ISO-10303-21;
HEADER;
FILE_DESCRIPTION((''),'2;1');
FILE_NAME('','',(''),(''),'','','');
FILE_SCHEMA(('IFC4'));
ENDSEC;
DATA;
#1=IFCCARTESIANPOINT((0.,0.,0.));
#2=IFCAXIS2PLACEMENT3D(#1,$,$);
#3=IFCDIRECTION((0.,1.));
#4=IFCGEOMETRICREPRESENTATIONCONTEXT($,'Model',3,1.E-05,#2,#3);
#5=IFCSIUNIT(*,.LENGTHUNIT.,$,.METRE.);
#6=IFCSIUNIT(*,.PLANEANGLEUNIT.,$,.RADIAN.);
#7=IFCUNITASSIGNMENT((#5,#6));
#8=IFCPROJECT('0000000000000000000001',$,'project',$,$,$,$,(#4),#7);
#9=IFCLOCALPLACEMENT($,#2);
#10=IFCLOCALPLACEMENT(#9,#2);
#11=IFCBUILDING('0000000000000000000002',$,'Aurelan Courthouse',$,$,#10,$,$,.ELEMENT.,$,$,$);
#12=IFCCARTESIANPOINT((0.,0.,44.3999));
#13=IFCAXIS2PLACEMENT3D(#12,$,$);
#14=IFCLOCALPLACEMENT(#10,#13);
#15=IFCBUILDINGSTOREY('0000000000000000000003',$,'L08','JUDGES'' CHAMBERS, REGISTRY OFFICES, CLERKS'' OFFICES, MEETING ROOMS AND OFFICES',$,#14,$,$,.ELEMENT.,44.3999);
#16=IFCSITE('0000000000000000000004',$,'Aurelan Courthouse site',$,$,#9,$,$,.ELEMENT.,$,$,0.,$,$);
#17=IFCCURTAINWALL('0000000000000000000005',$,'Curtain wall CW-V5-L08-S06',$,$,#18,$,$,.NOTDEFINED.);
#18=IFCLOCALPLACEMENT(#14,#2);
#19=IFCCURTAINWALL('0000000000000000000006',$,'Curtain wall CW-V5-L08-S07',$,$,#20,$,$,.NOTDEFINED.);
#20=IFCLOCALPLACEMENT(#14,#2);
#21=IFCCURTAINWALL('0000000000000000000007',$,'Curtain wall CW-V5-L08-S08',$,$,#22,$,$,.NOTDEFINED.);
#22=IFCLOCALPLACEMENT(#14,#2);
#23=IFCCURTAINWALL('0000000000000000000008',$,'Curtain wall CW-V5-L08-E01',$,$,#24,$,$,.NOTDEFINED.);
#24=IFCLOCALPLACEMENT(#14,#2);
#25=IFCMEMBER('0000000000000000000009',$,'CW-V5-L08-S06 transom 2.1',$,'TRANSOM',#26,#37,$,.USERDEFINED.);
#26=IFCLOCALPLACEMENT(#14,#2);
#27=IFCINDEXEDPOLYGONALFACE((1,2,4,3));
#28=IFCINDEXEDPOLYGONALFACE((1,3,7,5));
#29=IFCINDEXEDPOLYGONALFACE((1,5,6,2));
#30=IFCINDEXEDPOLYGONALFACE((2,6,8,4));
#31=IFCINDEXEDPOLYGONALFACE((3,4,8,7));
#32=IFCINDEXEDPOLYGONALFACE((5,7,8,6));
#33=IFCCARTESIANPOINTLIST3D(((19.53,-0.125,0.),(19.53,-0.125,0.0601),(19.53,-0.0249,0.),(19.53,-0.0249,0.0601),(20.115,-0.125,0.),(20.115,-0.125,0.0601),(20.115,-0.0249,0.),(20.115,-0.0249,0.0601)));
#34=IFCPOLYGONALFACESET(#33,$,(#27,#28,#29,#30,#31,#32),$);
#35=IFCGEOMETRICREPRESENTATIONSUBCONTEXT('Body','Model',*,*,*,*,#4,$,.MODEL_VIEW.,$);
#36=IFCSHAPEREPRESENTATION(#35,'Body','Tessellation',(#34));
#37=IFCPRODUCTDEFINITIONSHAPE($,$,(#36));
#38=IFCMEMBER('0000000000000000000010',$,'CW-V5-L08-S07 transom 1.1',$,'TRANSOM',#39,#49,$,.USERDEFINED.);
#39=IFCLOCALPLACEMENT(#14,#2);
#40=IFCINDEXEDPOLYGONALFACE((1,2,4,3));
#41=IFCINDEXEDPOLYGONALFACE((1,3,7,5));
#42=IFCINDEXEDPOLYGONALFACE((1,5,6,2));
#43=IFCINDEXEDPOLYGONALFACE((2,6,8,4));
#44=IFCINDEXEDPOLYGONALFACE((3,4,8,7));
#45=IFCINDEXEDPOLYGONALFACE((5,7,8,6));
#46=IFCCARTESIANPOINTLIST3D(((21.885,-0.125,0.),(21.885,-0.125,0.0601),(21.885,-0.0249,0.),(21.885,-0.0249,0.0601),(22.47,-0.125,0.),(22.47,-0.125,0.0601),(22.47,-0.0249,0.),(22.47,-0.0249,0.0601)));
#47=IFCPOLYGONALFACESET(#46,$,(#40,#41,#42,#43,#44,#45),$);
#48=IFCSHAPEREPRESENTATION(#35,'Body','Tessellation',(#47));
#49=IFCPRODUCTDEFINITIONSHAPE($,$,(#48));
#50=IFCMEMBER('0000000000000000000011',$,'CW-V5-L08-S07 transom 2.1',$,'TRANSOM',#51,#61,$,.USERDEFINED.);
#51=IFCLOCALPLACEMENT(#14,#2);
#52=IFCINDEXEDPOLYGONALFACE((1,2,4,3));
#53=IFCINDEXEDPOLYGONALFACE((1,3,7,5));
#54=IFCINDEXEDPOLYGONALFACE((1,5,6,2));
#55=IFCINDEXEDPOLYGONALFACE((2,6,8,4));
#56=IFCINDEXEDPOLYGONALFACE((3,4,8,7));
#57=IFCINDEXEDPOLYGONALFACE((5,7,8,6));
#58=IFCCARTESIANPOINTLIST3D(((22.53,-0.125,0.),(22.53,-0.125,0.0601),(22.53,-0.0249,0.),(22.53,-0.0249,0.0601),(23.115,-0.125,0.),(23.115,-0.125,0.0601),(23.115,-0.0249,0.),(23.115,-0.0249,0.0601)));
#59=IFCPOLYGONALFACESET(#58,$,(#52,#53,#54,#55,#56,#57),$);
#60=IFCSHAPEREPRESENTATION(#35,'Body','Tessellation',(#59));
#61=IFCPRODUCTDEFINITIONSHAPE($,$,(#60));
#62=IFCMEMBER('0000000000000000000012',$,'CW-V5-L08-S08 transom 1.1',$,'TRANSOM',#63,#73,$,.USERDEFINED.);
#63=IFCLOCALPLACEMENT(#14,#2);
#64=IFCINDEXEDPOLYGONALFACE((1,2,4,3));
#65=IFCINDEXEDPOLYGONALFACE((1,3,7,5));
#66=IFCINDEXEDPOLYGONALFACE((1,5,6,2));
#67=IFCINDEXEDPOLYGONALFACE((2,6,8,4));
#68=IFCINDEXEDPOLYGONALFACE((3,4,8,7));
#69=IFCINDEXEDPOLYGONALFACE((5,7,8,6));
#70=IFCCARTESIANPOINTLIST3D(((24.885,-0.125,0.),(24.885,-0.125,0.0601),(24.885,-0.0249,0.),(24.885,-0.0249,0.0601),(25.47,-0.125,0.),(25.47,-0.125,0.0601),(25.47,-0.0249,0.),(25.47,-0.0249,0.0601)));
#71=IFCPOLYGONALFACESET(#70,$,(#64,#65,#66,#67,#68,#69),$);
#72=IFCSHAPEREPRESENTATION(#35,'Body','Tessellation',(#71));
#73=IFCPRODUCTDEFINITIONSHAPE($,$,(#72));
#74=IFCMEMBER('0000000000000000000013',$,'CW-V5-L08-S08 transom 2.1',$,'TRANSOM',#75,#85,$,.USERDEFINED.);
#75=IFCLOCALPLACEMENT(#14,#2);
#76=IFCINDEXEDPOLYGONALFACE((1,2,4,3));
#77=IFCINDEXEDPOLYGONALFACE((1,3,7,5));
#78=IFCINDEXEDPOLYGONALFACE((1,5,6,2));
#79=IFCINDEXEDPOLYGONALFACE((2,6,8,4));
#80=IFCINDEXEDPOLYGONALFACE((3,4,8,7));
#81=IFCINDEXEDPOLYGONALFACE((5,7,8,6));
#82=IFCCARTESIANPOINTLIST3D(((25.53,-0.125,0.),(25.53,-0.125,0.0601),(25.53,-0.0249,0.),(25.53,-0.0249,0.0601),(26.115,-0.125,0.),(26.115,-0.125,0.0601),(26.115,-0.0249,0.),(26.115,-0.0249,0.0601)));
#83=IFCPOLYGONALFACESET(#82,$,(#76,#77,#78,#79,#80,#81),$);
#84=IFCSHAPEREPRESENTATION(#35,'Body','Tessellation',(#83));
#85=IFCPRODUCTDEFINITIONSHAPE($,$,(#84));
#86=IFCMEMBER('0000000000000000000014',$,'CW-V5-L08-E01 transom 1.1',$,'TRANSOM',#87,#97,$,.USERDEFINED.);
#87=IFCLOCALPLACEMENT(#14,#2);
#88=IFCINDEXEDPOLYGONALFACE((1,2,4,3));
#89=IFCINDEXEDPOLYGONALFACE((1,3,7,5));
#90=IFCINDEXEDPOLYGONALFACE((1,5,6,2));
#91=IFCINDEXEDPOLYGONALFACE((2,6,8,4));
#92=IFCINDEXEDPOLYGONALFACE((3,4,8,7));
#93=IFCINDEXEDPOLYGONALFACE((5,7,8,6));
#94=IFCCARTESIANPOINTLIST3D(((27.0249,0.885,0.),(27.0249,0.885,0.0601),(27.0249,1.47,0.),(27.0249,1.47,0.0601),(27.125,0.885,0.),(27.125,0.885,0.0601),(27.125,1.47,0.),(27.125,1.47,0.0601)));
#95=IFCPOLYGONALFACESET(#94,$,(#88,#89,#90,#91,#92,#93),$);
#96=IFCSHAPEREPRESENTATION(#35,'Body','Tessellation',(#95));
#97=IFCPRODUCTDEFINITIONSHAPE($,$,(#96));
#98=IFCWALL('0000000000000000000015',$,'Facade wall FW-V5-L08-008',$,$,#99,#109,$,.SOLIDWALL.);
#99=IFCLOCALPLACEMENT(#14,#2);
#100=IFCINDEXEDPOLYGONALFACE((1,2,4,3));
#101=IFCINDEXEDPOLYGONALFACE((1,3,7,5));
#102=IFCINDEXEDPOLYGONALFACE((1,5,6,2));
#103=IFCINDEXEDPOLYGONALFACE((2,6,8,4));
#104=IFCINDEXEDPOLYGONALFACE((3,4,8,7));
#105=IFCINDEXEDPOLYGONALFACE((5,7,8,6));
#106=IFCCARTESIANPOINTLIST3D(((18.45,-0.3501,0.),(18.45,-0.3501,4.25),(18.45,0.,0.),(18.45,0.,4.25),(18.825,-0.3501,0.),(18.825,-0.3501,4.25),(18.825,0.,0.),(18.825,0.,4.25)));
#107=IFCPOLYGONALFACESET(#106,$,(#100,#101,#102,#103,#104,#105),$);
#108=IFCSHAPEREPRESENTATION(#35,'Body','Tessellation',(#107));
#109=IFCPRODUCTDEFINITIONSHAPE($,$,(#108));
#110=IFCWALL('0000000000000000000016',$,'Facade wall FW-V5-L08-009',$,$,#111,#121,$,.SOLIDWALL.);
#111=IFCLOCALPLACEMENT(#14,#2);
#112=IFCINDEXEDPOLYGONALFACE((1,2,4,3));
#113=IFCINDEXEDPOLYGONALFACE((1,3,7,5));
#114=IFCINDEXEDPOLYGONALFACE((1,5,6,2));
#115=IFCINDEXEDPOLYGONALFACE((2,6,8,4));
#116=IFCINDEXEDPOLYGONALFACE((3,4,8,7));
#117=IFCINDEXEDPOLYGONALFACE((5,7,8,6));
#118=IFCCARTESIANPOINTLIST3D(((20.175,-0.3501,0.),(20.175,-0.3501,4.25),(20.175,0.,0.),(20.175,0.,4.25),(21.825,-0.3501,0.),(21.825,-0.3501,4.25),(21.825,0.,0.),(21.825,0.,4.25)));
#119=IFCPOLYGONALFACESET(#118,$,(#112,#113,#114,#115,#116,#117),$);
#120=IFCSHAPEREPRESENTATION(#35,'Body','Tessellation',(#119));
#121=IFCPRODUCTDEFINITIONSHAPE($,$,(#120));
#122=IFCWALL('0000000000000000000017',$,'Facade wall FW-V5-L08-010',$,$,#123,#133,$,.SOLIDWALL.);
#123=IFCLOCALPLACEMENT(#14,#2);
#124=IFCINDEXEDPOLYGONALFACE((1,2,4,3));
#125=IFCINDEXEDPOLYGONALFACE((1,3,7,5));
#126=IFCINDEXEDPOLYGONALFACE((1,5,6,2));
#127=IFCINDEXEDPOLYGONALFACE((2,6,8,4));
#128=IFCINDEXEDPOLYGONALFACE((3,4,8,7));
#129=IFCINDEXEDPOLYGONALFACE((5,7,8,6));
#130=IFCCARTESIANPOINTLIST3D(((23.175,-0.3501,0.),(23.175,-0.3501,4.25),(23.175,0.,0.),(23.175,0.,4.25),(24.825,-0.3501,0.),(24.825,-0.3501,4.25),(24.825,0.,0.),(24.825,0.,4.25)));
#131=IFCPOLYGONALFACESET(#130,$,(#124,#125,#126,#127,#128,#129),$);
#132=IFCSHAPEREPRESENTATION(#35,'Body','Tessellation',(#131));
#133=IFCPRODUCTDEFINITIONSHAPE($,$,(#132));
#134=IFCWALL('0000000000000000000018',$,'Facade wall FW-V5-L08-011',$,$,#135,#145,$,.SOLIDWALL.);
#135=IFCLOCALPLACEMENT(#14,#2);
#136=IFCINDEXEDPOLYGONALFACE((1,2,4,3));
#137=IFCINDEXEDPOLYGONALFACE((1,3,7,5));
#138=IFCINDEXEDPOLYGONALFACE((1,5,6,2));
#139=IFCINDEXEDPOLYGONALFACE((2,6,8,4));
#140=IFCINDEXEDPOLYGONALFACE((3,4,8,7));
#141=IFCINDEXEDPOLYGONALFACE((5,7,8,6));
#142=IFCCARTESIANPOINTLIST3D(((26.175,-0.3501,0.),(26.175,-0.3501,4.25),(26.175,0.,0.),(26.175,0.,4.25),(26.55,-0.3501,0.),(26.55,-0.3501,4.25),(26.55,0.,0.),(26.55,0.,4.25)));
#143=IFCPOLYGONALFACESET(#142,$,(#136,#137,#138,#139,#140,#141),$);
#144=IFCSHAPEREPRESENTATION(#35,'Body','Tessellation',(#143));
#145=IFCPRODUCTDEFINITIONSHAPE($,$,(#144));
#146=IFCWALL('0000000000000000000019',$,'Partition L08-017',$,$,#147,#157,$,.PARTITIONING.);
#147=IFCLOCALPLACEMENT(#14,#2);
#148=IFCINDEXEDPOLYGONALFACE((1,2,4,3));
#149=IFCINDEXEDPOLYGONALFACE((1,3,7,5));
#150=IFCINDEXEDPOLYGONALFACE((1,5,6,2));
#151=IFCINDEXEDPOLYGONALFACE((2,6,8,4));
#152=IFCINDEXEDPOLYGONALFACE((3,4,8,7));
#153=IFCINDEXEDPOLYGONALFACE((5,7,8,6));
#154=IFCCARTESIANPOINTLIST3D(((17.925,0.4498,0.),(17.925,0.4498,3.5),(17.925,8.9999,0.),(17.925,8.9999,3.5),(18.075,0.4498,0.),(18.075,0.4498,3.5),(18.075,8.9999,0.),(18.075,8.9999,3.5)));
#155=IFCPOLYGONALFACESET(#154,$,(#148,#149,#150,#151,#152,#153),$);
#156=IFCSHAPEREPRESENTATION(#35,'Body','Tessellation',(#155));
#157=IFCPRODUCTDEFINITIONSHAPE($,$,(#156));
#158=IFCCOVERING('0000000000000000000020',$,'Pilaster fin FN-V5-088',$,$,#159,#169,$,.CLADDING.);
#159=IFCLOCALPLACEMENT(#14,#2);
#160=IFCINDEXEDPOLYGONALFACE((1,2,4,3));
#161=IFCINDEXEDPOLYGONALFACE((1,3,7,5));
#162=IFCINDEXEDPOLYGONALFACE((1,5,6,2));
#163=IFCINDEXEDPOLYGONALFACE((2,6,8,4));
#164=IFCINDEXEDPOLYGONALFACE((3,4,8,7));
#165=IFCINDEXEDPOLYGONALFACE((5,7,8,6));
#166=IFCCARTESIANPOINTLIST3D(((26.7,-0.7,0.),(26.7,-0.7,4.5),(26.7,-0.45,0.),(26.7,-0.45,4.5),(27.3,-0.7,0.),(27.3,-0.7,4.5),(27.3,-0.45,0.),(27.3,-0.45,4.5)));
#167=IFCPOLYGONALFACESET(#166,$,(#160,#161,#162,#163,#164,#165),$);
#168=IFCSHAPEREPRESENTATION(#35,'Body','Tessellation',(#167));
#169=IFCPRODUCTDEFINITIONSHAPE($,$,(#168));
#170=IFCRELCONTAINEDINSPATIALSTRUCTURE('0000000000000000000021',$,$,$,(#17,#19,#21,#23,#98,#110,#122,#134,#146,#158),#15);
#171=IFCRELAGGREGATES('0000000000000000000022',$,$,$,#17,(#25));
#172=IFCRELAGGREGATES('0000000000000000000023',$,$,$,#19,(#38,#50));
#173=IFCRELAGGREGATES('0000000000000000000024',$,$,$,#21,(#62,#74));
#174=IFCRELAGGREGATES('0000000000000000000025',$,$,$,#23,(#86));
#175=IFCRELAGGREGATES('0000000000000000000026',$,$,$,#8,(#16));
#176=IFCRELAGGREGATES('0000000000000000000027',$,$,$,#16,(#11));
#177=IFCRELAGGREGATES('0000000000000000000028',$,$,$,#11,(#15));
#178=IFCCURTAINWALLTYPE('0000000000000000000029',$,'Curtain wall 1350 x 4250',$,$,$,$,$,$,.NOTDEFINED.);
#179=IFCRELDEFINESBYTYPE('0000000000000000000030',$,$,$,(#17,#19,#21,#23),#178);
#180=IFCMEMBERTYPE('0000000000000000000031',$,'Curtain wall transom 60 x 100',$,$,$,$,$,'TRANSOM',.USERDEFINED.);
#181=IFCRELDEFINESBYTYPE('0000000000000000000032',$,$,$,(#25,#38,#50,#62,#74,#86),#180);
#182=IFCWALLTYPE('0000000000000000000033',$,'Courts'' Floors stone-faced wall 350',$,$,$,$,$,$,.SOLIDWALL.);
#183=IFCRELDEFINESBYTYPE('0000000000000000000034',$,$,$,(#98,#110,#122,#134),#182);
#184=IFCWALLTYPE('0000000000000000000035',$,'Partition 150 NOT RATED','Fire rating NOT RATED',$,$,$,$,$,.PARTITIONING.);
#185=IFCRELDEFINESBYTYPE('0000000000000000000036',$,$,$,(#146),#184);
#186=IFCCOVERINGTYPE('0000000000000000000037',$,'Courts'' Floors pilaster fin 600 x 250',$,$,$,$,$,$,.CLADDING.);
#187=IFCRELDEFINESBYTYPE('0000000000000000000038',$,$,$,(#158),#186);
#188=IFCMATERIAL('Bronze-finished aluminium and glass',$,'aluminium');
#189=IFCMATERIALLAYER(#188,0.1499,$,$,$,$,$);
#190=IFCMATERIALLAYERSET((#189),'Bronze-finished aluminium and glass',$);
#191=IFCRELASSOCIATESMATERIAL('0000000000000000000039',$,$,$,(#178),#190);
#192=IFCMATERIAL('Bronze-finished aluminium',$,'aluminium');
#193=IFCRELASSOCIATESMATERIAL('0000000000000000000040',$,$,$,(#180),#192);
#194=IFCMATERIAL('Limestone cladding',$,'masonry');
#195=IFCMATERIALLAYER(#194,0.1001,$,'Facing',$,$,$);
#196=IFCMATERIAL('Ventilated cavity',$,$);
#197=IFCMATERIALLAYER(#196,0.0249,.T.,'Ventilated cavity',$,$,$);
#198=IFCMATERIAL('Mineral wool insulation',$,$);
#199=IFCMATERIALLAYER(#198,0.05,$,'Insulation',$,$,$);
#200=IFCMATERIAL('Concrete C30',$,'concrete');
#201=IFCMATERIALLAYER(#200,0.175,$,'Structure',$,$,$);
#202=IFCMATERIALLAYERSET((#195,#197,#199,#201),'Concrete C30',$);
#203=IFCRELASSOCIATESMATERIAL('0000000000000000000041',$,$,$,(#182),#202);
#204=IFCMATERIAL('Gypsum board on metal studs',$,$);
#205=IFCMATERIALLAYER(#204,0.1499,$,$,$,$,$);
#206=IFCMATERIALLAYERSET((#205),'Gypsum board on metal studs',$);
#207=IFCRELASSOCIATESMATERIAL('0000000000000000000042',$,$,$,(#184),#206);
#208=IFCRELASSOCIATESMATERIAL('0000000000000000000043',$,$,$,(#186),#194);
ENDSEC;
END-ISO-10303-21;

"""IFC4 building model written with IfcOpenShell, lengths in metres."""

from ifc_helpers import new_model, si_unit, direction, frame, frame_2d, origin, origin_2d, place, context, subcontext, project, spatial, rectangle, extrude, material, layer, layer_set, material_profile, profile_set, type_object, element, aggregate, save


model = new_model("IFC4")

# Units and contexts
model_context = context("Model", 3, precision=1e-05, world=origin(), true_north=direction((0.0, 1.0)))
body_context = subcontext(model_context, "Body", "Model", "MODEL_VIEW")
ifc_project = project(units=[si_unit("LENGTHUNIT", "METRE"), si_unit("PLANEANGLEUNIT", "RADIAN")], contexts=[model_context])

# Site, building, storey
site_placement = place(None, origin())
site = spatial("IfcSite", under=ifc_project, at=site_placement, Name="Aurelan Courthouse site", CompositionType="ELEMENT", RefElevation=0.0)
building_placement = place(site_placement, origin())
building = spatial("IfcBuilding", under=site, at=building_placement, Name="Aurelan Courthouse", CompositionType="ELEMENT")
storey_placement = place(building_placement, frame((0.0, 0.0, 44.3999)))
storey = spatial("IfcBuildingStorey", under=building, at=storey_placement, Name="L08", Description="JUDGES' CHAMBERS, REGISTRY OFFICES, CLERKS' OFFICES, MEETING ROOMS AND OFFICES", CompositionType="ELEMENT", Elevation=44.3999)

# Curtain walls
ifc_material_1 = material(Name="Bronze-finished aluminium and glass", Category="aluminium")
ifc_layer_1 = layer(ifc_material_1, 0.1499)
ifc_layer_set_1 = layer_set([ifc_layer_1], Name="Bronze-finished aluminium and glass")
curtain_wall_type = type_object("IfcCurtainWallType", Name="Curtain wall 1350 x 4250", PredefinedType="NOTDEFINED", material=ifc_layer_set_1)
curtain_wall_1_placement = place(storey_placement, origin())
curtain_wall_1 = element("IfcCurtainWall", 1, at=curtain_wall_1_placement, inside=storey, type_object=curtain_wall_type, Name="Curtain wall CW-V5-L08-S06", PredefinedType="NOTDEFINED")
ifc_material_2 = material(Name="Bronze-finished aluminium", Category="aluminium")
curtain_wall_2_placement = place(storey_placement, origin())
curtain_wall_2 = element("IfcCurtainWall", 2, at=curtain_wall_2_placement, inside=storey, type_object=curtain_wall_type, Name="Curtain wall CW-V5-L08-S07", PredefinedType="NOTDEFINED")
curtain_wall_3_placement = place(storey_placement, origin())
curtain_wall_3 = element("IfcCurtainWall", 3, at=curtain_wall_3_placement, inside=storey, type_object=curtain_wall_type, Name="Curtain wall CW-V5-L08-S08", PredefinedType="NOTDEFINED")
curtain_wall_4_placement = place(storey_placement, origin())
curtain_wall_4 = element("IfcCurtainWall", 4, at=curtain_wall_4_placement, inside=storey, type_object=curtain_wall_type, Name="Curtain wall CW-V5-L08-E01", PredefinedType="NOTDEFINED")

# Members
ifc_material_profile_1 = material_profile(ifc_material_2, rectangle(XDim=0.1001, YDim=0.0601, at=origin_2d()), Name="Bronze transom 60 x 100")
ifc_profile_set_1 = profile_set([ifc_material_profile_1], Name="Bronze-finished aluminium")
member_type_1 = type_object("IfcMemberType", Name="Curtain wall transom 60 x 100", ElementType="TRANSOM", PredefinedType="USERDEFINED", material=ifc_profile_set_1)
member_1_placement = place(storey_placement, frame((19.53, -0.075, 0.03), z_axis=(1.0, 0.0, 0.0), x_axis=(0.0, 1.0, 0.0)))
member_1 = element("IfcMember", 5, at=member_1_placement, type_object=member_type_1, Name="CW-V5-L08-S06 transom 2.1", ObjectType="TRANSOM", PredefinedType="USERDEFINED", context=body_context, shape_type="SweptSolid", body=[
    extrude(rectangle(XDim=0.1001, YDim=0.0601, at=origin_2d()), origin(), (0.0, 0.0, 1.0), 0.585),
])
aggregate(curtain_wall_1, [member_1])
member_2_placement = place(storey_placement, frame((21.885, -0.075, 0.03), z_axis=(1.0, 0.0, 0.0), x_axis=(0.0, 1.0, 0.0)))
member_2 = element("IfcMember", 6, at=member_2_placement, type_object=member_type_1, Name="CW-V5-L08-S07 transom 1.1", ObjectType="TRANSOM", PredefinedType="USERDEFINED", context=body_context, shape_type="SweptSolid", body=[
    extrude(rectangle(XDim=0.1001, YDim=0.0601, at=origin_2d()), origin(), (0.0, 0.0, 1.0), 0.585),
])
member_3_placement = place(storey_placement, frame((22.53, -0.075, 0.03), z_axis=(1.0, 0.0, 0.0), x_axis=(0.0, 1.0, 0.0)))
member_3 = element("IfcMember", 7, at=member_3_placement, type_object=member_type_1, Name="CW-V5-L08-S07 transom 2.1", ObjectType="TRANSOM", PredefinedType="USERDEFINED", context=body_context, shape_type="SweptSolid", body=[
    extrude(rectangle(XDim=0.1001, YDim=0.0601, at=origin_2d()), origin(), (0.0, 0.0, 1.0), 0.585),
])
aggregate(curtain_wall_2, [member_2, member_3])
member_4_placement = place(storey_placement, frame((24.885, -0.075, 0.03), z_axis=(1.0, 0.0, 0.0), x_axis=(0.0, 1.0, 0.0)))
member_4 = element("IfcMember", 8, at=member_4_placement, type_object=member_type_1, Name="CW-V5-L08-S08 transom 1.1", ObjectType="TRANSOM", PredefinedType="USERDEFINED", context=body_context, shape_type="SweptSolid", body=[
    extrude(rectangle(XDim=0.1001, YDim=0.0601, at=origin_2d()), origin(), (0.0, 0.0, 1.0), 0.585),
])
member_5_placement = place(storey_placement, frame((25.53, -0.075, 0.03), z_axis=(1.0, 0.0, 0.0), x_axis=(0.0, 1.0, 0.0)))
member_5 = element("IfcMember", 9, at=member_5_placement, type_object=member_type_1, Name="CW-V5-L08-S08 transom 2.1", ObjectType="TRANSOM", PredefinedType="USERDEFINED", context=body_context, shape_type="SweptSolid", body=[
    extrude(rectangle(XDim=0.1001, YDim=0.0601, at=origin_2d()), origin(), (0.0, 0.0, 1.0), 0.585),
])
aggregate(curtain_wall_3, [member_4, member_5])
member_6_placement = place(storey_placement, frame((27.075, 0.885, 0.03), z_axis=(0.0, 1.0, 0.0), x_axis=(-1.0, 0.0, 0.0)))
member_6 = element("IfcMember", 10, at=member_6_placement, type_object=member_type_1, Name="CW-V5-L08-E01 transom 1.1", ObjectType="TRANSOM", PredefinedType="USERDEFINED", context=body_context, shape_type="SweptSolid", body=[
    extrude(rectangle(XDim=0.1001, YDim=0.0601, at=origin_2d()), origin(), (0.0, 0.0, 1.0), 0.585),
])
aggregate(curtain_wall_4, [member_6])

# Walls
ifc_material_3 = material(Name="Limestone cladding", Category="masonry")
ifc_layer_2 = layer(ifc_material_3, 0.1001, Name="Facing")
ifc_material_4 = material(Name="Ventilated cavity")
ifc_layer_3 = layer(ifc_material_4, 0.0249, ventilated=True, Name="Ventilated cavity")
ifc_material_5 = material(Name="Mineral wool insulation")
ifc_layer_4 = layer(ifc_material_5, 0.05, Name="Insulation")
ifc_material_6 = material(Name="Concrete C30", Category="concrete")
ifc_layer_5 = layer(ifc_material_6, 0.175, Name="Structure")
ifc_layer_set_2 = layer_set([ifc_layer_2, ifc_layer_3, ifc_layer_4, ifc_layer_5], Name="Concrete C30")
wall_type_1 = type_object("IfcWallType", Name="Courts' Floors stone-faced wall 350", PredefinedType="SOLIDWALL", material=ifc_layer_set_2)
wall_1_placement = place(storey_placement, frame((18.45, -0.175, 0.0), z_axis=(0.0, 0.0, 1.0), x_axis=(1.0, 0.0, 0.0)))
element("IfcWall", 11, at=wall_1_placement, inside=storey, type_object=wall_type_1, Name="Facade wall FW-V5-L08-008", PredefinedType="SOLIDWALL", context=body_context, shape_type="SweptSolid", body=[
    extrude(rectangle(XDim=0.375, YDim=0.3501, at=frame_2d((0.1875, 0.0))), origin(), (0.0, 0.0, 1.0), 4.25),
])
for number, where, z_axis, x_axis, name in (
    (12, (20.175, -0.175, 0.0), (0.0, 0.0, 1.0), (1.0, 0.0, 0.0), "Facade wall FW-V5-L08-009"),
    (13, (23.175, -0.175, 0.0), (0.0, 0.0, 1.0), (1.0, 0.0, 0.0), "Facade wall FW-V5-L08-010"),
):
    element("IfcWall", number, at=place(storey_placement, frame(where, z_axis=z_axis, x_axis=x_axis)), inside=storey, type_object=wall_type_1, Name=name, PredefinedType="SOLIDWALL", context=body_context, shape_type="SweptSolid", body=[
        extrude(rectangle(XDim=1.6499, YDim=0.3501, at=frame_2d((0.825, 0.0))), origin(), (0.0, 0.0, 1.0), 4.25),
    ])
wall_2_placement = place(storey_placement, frame((26.175, -0.175, 0.0), z_axis=(0.0, 0.0, 1.0), x_axis=(1.0, 0.0, 0.0)))
element("IfcWall", 14, at=wall_2_placement, inside=storey, type_object=wall_type_1, Name="Facade wall FW-V5-L08-011", PredefinedType="SOLIDWALL", context=body_context, shape_type="SweptSolid", body=[
    extrude(rectangle(XDim=0.375, YDim=0.3501, at=frame_2d((0.1875, 0.0))), origin(), (0.0, 0.0, 1.0), 4.25),
])
ifc_material_7 = material(Name="Gypsum board on metal studs")
ifc_layer_6 = layer(ifc_material_7, 0.1499)
ifc_layer_set_3 = layer_set([ifc_layer_6], Name="Gypsum board on metal studs")
wall_type_2 = type_object("IfcWallType", Name="Partition 150 NOT RATED", Description="Fire rating NOT RATED", PredefinedType="PARTITIONING", material=ifc_layer_set_3)
wall_3_placement = place(storey_placement, frame((18.0, 0.45, 0.0), z_axis=(0.0, 0.0, 1.0), x_axis=(0.0, 1.0, 0.0)))
element("IfcWall", 15, at=wall_3_placement, inside=storey, type_object=wall_type_2, Name="Partition L08-017", PredefinedType="PARTITIONING", context=body_context, shape_type="SweptSolid", body=[
    extrude(rectangle(XDim=8.55, YDim=0.1499, at=frame_2d((4.2749, 0.0))), origin(), (0.0, 0.0, 1.0), 3.5),
])

# Covering
covering_type = type_object("IfcCoveringType", Name="Courts' Floors pilaster fin 600 x 250", PredefinedType="CLADDING", material=ifc_material_3)
covering_placement = place(storey_placement, frame((27.0, -0.575, 0.0), z_axis=(0.0, 0.0, 1.0), x_axis=(1.0, 0.0, 0.0)))
element("IfcCovering", 16, at=covering_placement, inside=storey, type_object=covering_type, Name="Pilaster fin FN-V5-088", PredefinedType="CLADDING", context=body_context, shape_type="SweptSolid", body=[
    extrude(rectangle(XDim=0.6001, YDim=0.25, at=origin_2d()), origin(), (0.0, 0.0, 1.0), 4.5),
])

save(model, "model.ifc")
